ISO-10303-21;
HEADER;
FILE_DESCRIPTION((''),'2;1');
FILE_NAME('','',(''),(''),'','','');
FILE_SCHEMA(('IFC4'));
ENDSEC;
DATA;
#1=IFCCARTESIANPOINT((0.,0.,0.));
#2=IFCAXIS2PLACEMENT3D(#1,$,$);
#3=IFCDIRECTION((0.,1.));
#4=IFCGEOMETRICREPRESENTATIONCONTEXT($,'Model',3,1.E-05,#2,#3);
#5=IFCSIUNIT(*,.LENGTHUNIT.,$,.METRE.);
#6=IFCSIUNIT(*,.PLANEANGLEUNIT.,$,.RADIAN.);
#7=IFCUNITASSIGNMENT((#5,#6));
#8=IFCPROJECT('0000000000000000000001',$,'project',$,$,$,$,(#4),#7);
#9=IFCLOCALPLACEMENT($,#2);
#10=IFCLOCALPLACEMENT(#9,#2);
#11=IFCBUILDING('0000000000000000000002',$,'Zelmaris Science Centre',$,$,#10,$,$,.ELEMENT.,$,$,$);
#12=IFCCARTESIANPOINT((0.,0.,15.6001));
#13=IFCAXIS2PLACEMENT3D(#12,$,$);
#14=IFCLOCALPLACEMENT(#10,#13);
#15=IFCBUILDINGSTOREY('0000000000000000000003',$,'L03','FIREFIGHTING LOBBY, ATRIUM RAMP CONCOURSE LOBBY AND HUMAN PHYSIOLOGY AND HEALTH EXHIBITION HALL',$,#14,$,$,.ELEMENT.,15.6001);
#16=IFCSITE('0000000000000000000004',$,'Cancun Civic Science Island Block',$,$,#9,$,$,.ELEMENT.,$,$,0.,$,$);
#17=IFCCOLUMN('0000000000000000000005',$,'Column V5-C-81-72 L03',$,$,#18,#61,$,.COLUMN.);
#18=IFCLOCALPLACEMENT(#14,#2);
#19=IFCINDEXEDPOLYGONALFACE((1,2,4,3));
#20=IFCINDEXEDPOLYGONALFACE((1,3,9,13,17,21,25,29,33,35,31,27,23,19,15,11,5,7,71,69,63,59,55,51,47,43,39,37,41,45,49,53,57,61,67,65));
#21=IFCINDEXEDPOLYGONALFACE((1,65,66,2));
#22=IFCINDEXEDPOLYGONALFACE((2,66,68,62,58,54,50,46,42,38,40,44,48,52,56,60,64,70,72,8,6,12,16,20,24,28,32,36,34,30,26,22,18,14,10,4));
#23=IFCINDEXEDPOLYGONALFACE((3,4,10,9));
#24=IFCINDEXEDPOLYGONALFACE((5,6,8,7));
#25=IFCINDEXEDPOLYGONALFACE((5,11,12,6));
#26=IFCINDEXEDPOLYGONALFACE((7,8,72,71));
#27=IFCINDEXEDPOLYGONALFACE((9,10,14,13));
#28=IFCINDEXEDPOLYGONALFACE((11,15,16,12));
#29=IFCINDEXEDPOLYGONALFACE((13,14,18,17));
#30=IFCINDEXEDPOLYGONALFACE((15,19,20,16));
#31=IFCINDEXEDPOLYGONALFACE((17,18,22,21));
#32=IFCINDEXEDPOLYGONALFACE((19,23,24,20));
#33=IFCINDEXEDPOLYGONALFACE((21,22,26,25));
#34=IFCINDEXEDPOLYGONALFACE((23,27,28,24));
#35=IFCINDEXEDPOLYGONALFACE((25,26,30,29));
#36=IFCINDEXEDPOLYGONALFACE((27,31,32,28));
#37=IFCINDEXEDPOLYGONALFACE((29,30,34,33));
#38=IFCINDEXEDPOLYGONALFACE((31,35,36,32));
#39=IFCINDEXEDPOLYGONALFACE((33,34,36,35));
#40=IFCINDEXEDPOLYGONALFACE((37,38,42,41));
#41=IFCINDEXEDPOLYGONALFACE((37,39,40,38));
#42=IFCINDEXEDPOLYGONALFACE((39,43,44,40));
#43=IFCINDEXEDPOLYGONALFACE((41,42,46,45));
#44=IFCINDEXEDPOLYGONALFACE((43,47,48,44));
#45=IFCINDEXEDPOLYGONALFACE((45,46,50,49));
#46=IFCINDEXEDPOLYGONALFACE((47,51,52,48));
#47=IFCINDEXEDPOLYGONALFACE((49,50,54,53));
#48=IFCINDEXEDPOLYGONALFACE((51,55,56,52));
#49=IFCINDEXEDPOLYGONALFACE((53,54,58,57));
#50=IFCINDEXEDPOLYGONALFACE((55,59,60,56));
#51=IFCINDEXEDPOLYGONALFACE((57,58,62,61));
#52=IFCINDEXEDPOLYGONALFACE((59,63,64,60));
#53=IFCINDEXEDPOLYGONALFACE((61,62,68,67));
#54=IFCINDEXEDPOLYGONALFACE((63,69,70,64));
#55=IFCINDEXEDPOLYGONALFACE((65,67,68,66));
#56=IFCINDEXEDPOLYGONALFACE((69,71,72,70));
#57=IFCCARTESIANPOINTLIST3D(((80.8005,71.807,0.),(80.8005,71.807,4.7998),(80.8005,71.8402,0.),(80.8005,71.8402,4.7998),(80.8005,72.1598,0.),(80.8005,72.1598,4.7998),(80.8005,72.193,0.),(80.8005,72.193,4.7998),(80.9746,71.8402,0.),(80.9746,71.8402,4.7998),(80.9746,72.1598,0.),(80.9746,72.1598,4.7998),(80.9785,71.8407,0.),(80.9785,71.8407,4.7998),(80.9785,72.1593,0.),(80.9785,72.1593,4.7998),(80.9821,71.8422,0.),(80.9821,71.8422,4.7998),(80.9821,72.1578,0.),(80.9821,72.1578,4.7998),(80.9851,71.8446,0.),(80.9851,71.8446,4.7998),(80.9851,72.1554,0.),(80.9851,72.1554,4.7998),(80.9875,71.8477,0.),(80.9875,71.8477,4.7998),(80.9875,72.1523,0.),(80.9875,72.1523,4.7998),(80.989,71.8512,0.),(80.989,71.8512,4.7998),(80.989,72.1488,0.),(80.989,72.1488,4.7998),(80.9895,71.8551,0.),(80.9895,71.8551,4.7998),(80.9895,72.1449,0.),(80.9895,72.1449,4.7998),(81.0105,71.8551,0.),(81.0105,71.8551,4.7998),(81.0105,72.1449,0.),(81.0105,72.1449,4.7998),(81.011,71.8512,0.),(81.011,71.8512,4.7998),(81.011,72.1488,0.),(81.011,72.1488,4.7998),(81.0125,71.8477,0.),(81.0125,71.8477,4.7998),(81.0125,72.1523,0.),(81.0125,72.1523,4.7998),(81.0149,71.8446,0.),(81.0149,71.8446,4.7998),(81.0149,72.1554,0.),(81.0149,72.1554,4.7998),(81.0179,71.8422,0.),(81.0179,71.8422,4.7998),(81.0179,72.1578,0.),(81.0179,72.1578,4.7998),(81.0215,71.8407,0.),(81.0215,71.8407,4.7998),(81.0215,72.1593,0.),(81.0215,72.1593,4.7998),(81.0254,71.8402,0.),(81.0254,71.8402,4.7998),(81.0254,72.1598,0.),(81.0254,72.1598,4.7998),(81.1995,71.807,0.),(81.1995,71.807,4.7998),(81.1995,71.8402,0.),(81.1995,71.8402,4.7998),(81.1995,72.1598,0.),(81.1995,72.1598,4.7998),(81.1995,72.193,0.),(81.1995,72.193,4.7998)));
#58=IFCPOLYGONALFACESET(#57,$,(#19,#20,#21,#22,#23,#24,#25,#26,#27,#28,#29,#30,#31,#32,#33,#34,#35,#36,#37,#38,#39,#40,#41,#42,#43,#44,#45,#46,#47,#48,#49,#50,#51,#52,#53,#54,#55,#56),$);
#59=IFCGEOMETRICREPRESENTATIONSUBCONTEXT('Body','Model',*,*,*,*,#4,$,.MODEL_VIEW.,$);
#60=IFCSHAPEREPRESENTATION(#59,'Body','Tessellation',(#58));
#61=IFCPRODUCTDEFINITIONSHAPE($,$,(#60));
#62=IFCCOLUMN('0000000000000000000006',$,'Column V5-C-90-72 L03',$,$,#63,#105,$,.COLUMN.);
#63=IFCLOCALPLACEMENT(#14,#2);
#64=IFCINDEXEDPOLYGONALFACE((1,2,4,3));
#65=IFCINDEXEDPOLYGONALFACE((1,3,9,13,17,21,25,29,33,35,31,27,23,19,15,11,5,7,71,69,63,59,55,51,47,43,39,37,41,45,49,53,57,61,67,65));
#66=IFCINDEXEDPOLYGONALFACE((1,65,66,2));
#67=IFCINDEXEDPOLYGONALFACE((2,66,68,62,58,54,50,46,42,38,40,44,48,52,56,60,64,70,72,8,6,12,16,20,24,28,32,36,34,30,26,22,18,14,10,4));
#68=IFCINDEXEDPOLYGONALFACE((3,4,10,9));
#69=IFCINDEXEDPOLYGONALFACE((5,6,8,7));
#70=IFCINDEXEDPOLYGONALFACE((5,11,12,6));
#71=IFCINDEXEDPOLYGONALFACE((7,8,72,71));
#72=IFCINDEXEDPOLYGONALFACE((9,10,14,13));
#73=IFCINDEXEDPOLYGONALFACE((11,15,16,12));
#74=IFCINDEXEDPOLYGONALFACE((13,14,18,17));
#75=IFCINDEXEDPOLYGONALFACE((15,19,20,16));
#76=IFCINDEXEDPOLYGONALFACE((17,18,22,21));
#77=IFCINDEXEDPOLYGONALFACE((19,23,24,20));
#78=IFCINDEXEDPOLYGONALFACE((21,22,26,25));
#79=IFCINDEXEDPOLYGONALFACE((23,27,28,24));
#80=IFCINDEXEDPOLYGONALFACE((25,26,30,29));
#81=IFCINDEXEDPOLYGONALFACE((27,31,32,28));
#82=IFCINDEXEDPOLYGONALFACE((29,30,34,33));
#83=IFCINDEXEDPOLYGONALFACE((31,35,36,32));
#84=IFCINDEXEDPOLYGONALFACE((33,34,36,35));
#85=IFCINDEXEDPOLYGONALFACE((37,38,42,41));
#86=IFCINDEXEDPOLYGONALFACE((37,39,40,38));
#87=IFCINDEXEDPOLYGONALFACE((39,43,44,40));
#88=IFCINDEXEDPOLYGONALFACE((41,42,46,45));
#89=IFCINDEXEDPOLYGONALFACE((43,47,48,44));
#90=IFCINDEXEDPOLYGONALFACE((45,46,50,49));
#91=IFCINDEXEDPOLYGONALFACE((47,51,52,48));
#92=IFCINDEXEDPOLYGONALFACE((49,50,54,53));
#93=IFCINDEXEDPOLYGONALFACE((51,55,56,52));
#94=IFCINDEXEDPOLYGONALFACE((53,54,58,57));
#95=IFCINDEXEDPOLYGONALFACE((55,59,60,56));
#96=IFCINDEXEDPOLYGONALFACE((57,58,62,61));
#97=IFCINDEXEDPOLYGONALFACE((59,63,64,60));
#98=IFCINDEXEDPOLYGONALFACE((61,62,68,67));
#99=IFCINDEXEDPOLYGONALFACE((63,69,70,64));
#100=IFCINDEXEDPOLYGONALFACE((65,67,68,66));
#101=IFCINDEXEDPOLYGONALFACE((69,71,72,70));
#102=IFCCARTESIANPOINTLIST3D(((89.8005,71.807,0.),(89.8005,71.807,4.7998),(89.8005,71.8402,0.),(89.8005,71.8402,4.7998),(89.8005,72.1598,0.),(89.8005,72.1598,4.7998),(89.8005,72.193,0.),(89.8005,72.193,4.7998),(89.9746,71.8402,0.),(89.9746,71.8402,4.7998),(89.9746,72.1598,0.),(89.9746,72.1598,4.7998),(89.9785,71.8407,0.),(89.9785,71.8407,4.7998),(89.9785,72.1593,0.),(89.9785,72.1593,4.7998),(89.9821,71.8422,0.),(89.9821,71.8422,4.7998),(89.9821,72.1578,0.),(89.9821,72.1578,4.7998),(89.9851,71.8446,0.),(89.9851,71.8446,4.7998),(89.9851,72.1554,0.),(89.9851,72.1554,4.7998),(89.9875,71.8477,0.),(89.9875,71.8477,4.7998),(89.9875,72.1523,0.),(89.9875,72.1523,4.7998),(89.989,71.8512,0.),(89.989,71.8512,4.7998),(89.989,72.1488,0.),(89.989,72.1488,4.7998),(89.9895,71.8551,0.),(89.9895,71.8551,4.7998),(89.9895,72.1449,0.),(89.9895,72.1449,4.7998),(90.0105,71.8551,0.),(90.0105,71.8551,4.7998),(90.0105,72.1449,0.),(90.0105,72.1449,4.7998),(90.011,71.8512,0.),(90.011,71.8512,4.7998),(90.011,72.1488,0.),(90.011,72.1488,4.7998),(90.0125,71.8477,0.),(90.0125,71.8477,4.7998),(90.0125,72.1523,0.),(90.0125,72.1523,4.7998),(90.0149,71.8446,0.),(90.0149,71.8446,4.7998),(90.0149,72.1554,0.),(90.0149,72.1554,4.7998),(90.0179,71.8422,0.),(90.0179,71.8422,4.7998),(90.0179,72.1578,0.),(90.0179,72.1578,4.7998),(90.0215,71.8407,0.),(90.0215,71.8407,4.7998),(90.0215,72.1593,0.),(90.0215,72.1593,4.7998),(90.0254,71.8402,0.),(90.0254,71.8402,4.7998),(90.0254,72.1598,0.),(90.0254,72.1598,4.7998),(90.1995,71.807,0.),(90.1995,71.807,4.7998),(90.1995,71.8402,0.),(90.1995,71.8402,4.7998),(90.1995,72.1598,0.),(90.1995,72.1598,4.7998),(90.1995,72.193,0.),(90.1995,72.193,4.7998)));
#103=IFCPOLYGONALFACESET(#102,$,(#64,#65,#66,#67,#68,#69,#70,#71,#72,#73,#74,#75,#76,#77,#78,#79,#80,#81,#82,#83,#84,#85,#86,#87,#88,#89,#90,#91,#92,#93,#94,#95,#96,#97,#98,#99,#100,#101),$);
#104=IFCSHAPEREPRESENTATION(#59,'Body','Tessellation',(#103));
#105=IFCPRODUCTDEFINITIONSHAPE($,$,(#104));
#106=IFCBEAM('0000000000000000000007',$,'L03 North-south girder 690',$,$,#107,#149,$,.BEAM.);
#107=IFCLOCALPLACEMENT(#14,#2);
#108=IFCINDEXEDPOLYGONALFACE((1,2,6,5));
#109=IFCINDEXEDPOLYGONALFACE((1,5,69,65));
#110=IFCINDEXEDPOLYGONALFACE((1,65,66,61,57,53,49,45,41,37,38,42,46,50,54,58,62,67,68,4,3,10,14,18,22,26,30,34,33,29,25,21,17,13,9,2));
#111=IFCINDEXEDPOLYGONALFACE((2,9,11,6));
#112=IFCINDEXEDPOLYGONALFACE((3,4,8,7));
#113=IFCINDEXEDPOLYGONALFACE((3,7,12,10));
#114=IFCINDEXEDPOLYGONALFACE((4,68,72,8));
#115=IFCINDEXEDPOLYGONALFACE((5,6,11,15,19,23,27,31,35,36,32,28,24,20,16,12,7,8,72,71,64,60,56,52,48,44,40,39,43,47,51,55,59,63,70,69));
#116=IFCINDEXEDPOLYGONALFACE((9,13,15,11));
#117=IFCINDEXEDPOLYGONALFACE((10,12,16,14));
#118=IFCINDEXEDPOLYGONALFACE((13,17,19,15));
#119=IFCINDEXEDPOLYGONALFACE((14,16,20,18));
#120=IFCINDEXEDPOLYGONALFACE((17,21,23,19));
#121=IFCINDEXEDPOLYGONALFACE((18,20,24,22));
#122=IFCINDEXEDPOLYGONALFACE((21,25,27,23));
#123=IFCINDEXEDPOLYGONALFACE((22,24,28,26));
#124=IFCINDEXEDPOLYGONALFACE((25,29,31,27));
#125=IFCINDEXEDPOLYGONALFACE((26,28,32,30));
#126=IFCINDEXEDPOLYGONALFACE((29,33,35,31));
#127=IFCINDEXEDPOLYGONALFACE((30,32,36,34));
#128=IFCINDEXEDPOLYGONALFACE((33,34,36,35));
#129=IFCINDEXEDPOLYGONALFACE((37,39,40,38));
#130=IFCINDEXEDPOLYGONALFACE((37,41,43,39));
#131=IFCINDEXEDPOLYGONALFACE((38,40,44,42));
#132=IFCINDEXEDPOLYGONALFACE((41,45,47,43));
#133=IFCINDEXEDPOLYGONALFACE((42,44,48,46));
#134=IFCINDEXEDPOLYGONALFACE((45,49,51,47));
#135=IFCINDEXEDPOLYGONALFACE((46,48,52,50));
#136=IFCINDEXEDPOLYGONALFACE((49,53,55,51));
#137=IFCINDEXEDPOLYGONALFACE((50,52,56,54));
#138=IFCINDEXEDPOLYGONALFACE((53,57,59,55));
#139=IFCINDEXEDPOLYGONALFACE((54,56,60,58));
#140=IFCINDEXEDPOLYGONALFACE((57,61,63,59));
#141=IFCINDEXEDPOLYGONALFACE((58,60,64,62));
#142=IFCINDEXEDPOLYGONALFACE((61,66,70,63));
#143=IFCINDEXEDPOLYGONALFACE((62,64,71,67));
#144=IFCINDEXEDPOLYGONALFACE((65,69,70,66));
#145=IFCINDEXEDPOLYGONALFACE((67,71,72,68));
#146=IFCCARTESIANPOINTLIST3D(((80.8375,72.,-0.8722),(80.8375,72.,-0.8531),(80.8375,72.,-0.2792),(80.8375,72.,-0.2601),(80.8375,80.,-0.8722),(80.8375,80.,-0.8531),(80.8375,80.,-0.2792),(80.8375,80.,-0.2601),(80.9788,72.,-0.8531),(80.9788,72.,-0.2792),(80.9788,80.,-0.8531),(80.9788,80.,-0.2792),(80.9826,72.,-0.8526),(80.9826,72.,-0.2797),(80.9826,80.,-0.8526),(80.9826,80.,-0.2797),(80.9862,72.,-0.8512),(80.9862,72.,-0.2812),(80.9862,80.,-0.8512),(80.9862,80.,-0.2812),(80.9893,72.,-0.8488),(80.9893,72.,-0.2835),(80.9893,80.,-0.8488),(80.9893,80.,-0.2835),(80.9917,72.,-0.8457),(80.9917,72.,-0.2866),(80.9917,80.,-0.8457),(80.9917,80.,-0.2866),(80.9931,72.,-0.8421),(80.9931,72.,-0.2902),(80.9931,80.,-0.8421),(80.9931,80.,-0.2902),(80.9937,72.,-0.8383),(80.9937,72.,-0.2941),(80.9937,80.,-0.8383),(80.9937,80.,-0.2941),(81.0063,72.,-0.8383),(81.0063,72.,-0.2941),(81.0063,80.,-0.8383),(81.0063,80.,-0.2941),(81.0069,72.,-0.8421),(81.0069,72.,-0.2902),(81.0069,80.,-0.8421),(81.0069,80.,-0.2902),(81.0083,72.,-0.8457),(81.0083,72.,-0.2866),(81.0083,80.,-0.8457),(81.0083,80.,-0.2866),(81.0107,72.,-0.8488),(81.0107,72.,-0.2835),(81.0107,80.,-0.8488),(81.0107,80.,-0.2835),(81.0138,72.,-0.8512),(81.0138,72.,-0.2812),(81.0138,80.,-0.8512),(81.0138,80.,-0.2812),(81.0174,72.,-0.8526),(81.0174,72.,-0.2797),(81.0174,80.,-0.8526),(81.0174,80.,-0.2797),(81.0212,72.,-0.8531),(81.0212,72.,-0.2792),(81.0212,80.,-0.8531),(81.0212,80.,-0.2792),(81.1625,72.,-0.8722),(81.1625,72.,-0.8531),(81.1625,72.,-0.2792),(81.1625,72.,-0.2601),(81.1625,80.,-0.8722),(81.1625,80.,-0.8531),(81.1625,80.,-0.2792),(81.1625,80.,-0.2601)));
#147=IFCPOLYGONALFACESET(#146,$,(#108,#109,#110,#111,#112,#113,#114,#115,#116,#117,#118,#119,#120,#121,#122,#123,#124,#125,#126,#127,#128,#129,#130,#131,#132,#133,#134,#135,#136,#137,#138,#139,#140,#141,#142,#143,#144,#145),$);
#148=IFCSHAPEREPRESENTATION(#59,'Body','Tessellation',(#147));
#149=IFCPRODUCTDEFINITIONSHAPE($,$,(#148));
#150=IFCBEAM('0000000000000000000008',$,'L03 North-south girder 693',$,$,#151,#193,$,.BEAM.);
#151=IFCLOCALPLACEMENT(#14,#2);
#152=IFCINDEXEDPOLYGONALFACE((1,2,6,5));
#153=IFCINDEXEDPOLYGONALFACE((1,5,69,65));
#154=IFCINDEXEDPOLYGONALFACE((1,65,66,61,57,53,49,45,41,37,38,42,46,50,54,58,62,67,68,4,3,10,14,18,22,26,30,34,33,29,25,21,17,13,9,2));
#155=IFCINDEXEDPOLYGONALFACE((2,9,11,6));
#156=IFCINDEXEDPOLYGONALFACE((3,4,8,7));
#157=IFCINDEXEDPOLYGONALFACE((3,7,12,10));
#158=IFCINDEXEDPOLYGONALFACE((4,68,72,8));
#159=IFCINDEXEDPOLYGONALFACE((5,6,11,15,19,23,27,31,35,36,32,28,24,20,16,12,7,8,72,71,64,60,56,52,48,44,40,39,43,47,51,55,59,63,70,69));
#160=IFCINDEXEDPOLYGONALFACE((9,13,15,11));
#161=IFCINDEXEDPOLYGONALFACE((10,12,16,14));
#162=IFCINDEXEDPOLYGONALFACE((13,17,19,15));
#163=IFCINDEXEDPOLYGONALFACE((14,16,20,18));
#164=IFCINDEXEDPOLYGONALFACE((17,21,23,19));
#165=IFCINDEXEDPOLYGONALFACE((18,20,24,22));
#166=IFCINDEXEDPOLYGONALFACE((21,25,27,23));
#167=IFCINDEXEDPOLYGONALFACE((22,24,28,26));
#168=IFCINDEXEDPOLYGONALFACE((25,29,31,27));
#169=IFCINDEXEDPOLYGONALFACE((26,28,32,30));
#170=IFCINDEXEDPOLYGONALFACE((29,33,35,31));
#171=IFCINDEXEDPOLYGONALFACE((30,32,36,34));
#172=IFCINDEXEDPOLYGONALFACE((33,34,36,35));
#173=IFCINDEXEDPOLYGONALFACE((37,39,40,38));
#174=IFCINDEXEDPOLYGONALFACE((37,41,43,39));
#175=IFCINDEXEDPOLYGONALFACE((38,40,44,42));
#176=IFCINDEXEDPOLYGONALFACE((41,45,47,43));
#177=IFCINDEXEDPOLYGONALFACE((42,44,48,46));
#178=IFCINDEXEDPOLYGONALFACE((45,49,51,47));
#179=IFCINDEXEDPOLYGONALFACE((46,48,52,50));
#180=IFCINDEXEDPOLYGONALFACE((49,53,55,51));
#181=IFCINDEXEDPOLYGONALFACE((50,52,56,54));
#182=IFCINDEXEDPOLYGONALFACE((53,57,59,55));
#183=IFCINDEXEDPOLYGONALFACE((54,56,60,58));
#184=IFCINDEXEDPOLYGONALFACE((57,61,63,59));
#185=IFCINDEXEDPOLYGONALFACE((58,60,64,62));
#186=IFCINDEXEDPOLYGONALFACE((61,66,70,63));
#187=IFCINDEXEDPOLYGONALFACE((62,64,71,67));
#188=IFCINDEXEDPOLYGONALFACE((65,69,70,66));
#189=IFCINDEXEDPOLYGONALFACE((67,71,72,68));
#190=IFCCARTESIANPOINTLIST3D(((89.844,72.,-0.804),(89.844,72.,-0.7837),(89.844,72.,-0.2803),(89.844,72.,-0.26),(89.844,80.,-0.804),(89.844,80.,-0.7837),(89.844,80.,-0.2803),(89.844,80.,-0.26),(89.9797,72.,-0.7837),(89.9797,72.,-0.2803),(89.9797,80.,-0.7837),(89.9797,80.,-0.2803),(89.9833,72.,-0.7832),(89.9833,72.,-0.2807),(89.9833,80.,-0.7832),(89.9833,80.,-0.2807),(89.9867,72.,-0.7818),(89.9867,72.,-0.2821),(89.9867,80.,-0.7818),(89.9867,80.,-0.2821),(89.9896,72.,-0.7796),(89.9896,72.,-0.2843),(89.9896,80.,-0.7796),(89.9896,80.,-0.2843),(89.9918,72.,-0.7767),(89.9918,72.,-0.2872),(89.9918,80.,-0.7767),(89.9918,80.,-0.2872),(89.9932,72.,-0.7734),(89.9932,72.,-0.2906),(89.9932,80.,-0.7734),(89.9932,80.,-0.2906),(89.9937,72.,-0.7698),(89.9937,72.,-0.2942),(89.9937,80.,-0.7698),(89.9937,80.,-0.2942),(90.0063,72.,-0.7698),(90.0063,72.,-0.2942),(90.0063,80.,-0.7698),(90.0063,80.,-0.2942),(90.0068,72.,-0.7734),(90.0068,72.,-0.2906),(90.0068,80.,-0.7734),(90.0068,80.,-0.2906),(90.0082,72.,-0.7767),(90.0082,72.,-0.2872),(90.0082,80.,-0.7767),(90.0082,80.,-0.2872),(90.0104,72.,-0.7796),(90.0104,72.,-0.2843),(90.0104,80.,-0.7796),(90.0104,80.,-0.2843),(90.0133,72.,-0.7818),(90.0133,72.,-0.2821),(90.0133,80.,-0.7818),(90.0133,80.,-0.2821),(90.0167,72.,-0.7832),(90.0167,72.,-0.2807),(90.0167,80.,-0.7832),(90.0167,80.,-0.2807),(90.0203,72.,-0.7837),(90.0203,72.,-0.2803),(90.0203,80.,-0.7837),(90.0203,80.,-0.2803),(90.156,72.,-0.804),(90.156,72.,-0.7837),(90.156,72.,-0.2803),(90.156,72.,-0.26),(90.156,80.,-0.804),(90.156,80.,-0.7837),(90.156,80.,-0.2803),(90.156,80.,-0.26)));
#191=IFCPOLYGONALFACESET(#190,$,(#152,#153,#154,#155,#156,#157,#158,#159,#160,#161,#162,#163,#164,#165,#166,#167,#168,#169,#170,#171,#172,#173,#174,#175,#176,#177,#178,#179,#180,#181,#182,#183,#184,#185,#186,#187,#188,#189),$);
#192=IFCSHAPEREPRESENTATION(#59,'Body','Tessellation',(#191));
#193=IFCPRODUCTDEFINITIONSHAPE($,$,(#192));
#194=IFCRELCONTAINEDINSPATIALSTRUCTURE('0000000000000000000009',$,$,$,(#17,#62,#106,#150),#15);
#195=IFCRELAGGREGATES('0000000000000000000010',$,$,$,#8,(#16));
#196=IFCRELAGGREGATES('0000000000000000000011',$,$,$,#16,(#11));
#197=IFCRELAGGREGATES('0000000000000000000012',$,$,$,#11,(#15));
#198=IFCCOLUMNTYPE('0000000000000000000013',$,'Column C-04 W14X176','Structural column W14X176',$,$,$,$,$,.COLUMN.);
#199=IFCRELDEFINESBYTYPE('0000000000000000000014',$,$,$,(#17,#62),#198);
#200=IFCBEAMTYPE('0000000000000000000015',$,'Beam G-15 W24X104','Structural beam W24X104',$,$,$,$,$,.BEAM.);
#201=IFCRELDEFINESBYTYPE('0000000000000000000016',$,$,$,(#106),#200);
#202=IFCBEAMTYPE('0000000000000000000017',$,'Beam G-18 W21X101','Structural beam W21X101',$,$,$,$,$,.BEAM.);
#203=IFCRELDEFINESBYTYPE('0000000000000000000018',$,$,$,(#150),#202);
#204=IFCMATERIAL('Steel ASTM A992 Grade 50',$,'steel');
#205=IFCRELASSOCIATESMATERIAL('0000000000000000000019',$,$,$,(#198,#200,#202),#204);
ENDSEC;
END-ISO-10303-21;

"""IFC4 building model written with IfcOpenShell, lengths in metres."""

from ifc_helpers import new_model, si_unit, direction, frame, origin, origin_2d, place, context, subcontext, project, spatial, i_section, extrude, material, material_profile, profile_set, type_object, element, save


model = new_model("IFC4")

# Units and contexts
model_context = context("Model", 3, precision=1e-05, world=origin(), true_north=direction((0.0, 1.0)))
body_context = subcontext(model_context, "Body", "Model", "MODEL_VIEW")
ifc_project = project(units=[si_unit("LENGTHUNIT", "METRE"), si_unit("PLANEANGLEUNIT", "RADIAN")], contexts=[model_context])

# Site, building, storey
site_placement = place(None, origin())
site = spatial("IfcSite", under=ifc_project, at=site_placement, Name="Cancun Civic Science Island Block", CompositionType="ELEMENT", RefElevation=0.0)
building_placement = place(site_placement, origin())
building = spatial("IfcBuilding", under=site, at=building_placement, Name="Zelmaris Science Centre", CompositionType="ELEMENT")
storey_placement = place(building_placement, frame((0.0, 0.0, 15.6001)))
storey = spatial("IfcBuildingStorey", under=building, at=storey_placement, Name="L03", Description="FIREFIGHTING LOBBY, ATRIUM RAMP CONCOURSE LOBBY AND HUMAN PHYSIOLOGY AND HEALTH EXHIBITION HALL", CompositionType="ELEMENT", Elevation=15.6001)

# Columns
ifc_material_1 = material(Name="Steel ASTM A992 Grade 50", Category="steel")
ifc_material_profile_1 = material_profile(ifc_material_1, i_section(OverallWidth=0.3989, OverallDepth=0.386, WebThickness=0.021, FlangeThickness=0.0332, FilletRadius=0.0149, at=origin_2d()), Name="W14X176")
ifc_profile_set_1 = profile_set([ifc_material_profile_1], Name="Steel ASTM A992 Grade 50")
column_type = type_object("IfcColumnType", Name="Column C-04 W14X176", Description="Structural column W14X176", PredefinedType="COLUMN", material=ifc_profile_set_1)
for number, where, z_axis, x_axis, name in (
    (1, (81.0, 72.0, 0.0), (0.0, 0.0, 1.0), (1.0, 0.0, 0.0), "Column V5-C-81-72 L03"),
    (2, (90.0, 72.0, 0.0), (0.0, 0.0, 1.0), (1.0, 0.0, 0.0), "Column V5-C-90-72 L03"),
):
    element("IfcColumn", number, at=place(storey_placement, frame(where, z_axis=z_axis, x_axis=x_axis)), inside=storey, type_object=column_type, Name=name, PredefinedType="COLUMN", context=body_context, shape_type="SweptSolid", body=[
        extrude(i_section(OverallWidth=0.3989, OverallDepth=0.386, WebThickness=0.021, FlangeThickness=0.0332, FilletRadius=0.0149, at=origin_2d()), origin(), (0.0, 0.0, 1.0), 4.7998),
    ])

# Beams
ifc_material_profile_2 = material_profile(ifc_material_1, i_section(OverallWidth=0.325, OverallDepth=0.6121, WebThickness=0.0127, FlangeThickness=0.019, FilletRadius=0.0149, at=origin_2d()), Name="W24X104")
ifc_profile_set_2 = profile_set([ifc_material_profile_2], Name="Steel ASTM A992 Grade 50")
beam_type_1 = type_object("IfcBeamType", Name="Beam G-15 W24X104", Description="Structural beam W24X104", PredefinedType="BEAM", material=ifc_profile_set_2)
beam_1_placement = place(storey_placement, frame((81.0, 72.0, -0.5662), z_axis=(0.0, 1.0, 0.0), x_axis=(-1.0, 0.0, 0.0)))
element("IfcBeam", 3, at=beam_1_placement, inside=storey, type_object=beam_type_1, Name="L03 North-south girder 690", PredefinedType="BEAM", context=body_context, shape_type="SweptSolid", body=[
    extrude(i_section(OverallWidth=0.325, OverallDepth=0.6121, WebThickness=0.0127, FlangeThickness=0.019, FilletRadius=0.0149, at=origin_2d()), origin(), (0.0, 0.0, 1.0), 8.0),
])
ifc_material_profile_3 = material_profile(ifc_material_1, i_section(OverallWidth=0.312, OverallDepth=0.5439, WebThickness=0.0127, FlangeThickness=0.0203, FilletRadius=0.0139, at=origin_2d()), Name="W21X101")
ifc_profile_set_3 = profile_set([ifc_material_profile_3], Name="Steel ASTM A992 Grade 50")
beam_type_2 = type_object("IfcBeamType", Name="Beam G-18 W21X101", Description="Structural beam W21X101", PredefinedType="BEAM", material=ifc_profile_set_3)
beam_2_placement = place(storey_placement, frame((90.0, 72.0, -0.532), z_axis=(0.0, 1.0, 0.0), x_axis=(-1.0, 0.0, 0.0)))
element("IfcBeam", 4, at=beam_2_placement, inside=storey, type_object=beam_type_2, Name="L03 North-south girder 693", PredefinedType="BEAM", context=body_context, shape_type="SweptSolid", body=[
    extrude(i_section(OverallWidth=0.312, OverallDepth=0.5439, WebThickness=0.0127, FlangeThickness=0.0203, FilletRadius=0.0139, at=origin_2d()), origin(), (0.0, 0.0, 1.0), 8.0),
])

save(model, "model.ifc")
